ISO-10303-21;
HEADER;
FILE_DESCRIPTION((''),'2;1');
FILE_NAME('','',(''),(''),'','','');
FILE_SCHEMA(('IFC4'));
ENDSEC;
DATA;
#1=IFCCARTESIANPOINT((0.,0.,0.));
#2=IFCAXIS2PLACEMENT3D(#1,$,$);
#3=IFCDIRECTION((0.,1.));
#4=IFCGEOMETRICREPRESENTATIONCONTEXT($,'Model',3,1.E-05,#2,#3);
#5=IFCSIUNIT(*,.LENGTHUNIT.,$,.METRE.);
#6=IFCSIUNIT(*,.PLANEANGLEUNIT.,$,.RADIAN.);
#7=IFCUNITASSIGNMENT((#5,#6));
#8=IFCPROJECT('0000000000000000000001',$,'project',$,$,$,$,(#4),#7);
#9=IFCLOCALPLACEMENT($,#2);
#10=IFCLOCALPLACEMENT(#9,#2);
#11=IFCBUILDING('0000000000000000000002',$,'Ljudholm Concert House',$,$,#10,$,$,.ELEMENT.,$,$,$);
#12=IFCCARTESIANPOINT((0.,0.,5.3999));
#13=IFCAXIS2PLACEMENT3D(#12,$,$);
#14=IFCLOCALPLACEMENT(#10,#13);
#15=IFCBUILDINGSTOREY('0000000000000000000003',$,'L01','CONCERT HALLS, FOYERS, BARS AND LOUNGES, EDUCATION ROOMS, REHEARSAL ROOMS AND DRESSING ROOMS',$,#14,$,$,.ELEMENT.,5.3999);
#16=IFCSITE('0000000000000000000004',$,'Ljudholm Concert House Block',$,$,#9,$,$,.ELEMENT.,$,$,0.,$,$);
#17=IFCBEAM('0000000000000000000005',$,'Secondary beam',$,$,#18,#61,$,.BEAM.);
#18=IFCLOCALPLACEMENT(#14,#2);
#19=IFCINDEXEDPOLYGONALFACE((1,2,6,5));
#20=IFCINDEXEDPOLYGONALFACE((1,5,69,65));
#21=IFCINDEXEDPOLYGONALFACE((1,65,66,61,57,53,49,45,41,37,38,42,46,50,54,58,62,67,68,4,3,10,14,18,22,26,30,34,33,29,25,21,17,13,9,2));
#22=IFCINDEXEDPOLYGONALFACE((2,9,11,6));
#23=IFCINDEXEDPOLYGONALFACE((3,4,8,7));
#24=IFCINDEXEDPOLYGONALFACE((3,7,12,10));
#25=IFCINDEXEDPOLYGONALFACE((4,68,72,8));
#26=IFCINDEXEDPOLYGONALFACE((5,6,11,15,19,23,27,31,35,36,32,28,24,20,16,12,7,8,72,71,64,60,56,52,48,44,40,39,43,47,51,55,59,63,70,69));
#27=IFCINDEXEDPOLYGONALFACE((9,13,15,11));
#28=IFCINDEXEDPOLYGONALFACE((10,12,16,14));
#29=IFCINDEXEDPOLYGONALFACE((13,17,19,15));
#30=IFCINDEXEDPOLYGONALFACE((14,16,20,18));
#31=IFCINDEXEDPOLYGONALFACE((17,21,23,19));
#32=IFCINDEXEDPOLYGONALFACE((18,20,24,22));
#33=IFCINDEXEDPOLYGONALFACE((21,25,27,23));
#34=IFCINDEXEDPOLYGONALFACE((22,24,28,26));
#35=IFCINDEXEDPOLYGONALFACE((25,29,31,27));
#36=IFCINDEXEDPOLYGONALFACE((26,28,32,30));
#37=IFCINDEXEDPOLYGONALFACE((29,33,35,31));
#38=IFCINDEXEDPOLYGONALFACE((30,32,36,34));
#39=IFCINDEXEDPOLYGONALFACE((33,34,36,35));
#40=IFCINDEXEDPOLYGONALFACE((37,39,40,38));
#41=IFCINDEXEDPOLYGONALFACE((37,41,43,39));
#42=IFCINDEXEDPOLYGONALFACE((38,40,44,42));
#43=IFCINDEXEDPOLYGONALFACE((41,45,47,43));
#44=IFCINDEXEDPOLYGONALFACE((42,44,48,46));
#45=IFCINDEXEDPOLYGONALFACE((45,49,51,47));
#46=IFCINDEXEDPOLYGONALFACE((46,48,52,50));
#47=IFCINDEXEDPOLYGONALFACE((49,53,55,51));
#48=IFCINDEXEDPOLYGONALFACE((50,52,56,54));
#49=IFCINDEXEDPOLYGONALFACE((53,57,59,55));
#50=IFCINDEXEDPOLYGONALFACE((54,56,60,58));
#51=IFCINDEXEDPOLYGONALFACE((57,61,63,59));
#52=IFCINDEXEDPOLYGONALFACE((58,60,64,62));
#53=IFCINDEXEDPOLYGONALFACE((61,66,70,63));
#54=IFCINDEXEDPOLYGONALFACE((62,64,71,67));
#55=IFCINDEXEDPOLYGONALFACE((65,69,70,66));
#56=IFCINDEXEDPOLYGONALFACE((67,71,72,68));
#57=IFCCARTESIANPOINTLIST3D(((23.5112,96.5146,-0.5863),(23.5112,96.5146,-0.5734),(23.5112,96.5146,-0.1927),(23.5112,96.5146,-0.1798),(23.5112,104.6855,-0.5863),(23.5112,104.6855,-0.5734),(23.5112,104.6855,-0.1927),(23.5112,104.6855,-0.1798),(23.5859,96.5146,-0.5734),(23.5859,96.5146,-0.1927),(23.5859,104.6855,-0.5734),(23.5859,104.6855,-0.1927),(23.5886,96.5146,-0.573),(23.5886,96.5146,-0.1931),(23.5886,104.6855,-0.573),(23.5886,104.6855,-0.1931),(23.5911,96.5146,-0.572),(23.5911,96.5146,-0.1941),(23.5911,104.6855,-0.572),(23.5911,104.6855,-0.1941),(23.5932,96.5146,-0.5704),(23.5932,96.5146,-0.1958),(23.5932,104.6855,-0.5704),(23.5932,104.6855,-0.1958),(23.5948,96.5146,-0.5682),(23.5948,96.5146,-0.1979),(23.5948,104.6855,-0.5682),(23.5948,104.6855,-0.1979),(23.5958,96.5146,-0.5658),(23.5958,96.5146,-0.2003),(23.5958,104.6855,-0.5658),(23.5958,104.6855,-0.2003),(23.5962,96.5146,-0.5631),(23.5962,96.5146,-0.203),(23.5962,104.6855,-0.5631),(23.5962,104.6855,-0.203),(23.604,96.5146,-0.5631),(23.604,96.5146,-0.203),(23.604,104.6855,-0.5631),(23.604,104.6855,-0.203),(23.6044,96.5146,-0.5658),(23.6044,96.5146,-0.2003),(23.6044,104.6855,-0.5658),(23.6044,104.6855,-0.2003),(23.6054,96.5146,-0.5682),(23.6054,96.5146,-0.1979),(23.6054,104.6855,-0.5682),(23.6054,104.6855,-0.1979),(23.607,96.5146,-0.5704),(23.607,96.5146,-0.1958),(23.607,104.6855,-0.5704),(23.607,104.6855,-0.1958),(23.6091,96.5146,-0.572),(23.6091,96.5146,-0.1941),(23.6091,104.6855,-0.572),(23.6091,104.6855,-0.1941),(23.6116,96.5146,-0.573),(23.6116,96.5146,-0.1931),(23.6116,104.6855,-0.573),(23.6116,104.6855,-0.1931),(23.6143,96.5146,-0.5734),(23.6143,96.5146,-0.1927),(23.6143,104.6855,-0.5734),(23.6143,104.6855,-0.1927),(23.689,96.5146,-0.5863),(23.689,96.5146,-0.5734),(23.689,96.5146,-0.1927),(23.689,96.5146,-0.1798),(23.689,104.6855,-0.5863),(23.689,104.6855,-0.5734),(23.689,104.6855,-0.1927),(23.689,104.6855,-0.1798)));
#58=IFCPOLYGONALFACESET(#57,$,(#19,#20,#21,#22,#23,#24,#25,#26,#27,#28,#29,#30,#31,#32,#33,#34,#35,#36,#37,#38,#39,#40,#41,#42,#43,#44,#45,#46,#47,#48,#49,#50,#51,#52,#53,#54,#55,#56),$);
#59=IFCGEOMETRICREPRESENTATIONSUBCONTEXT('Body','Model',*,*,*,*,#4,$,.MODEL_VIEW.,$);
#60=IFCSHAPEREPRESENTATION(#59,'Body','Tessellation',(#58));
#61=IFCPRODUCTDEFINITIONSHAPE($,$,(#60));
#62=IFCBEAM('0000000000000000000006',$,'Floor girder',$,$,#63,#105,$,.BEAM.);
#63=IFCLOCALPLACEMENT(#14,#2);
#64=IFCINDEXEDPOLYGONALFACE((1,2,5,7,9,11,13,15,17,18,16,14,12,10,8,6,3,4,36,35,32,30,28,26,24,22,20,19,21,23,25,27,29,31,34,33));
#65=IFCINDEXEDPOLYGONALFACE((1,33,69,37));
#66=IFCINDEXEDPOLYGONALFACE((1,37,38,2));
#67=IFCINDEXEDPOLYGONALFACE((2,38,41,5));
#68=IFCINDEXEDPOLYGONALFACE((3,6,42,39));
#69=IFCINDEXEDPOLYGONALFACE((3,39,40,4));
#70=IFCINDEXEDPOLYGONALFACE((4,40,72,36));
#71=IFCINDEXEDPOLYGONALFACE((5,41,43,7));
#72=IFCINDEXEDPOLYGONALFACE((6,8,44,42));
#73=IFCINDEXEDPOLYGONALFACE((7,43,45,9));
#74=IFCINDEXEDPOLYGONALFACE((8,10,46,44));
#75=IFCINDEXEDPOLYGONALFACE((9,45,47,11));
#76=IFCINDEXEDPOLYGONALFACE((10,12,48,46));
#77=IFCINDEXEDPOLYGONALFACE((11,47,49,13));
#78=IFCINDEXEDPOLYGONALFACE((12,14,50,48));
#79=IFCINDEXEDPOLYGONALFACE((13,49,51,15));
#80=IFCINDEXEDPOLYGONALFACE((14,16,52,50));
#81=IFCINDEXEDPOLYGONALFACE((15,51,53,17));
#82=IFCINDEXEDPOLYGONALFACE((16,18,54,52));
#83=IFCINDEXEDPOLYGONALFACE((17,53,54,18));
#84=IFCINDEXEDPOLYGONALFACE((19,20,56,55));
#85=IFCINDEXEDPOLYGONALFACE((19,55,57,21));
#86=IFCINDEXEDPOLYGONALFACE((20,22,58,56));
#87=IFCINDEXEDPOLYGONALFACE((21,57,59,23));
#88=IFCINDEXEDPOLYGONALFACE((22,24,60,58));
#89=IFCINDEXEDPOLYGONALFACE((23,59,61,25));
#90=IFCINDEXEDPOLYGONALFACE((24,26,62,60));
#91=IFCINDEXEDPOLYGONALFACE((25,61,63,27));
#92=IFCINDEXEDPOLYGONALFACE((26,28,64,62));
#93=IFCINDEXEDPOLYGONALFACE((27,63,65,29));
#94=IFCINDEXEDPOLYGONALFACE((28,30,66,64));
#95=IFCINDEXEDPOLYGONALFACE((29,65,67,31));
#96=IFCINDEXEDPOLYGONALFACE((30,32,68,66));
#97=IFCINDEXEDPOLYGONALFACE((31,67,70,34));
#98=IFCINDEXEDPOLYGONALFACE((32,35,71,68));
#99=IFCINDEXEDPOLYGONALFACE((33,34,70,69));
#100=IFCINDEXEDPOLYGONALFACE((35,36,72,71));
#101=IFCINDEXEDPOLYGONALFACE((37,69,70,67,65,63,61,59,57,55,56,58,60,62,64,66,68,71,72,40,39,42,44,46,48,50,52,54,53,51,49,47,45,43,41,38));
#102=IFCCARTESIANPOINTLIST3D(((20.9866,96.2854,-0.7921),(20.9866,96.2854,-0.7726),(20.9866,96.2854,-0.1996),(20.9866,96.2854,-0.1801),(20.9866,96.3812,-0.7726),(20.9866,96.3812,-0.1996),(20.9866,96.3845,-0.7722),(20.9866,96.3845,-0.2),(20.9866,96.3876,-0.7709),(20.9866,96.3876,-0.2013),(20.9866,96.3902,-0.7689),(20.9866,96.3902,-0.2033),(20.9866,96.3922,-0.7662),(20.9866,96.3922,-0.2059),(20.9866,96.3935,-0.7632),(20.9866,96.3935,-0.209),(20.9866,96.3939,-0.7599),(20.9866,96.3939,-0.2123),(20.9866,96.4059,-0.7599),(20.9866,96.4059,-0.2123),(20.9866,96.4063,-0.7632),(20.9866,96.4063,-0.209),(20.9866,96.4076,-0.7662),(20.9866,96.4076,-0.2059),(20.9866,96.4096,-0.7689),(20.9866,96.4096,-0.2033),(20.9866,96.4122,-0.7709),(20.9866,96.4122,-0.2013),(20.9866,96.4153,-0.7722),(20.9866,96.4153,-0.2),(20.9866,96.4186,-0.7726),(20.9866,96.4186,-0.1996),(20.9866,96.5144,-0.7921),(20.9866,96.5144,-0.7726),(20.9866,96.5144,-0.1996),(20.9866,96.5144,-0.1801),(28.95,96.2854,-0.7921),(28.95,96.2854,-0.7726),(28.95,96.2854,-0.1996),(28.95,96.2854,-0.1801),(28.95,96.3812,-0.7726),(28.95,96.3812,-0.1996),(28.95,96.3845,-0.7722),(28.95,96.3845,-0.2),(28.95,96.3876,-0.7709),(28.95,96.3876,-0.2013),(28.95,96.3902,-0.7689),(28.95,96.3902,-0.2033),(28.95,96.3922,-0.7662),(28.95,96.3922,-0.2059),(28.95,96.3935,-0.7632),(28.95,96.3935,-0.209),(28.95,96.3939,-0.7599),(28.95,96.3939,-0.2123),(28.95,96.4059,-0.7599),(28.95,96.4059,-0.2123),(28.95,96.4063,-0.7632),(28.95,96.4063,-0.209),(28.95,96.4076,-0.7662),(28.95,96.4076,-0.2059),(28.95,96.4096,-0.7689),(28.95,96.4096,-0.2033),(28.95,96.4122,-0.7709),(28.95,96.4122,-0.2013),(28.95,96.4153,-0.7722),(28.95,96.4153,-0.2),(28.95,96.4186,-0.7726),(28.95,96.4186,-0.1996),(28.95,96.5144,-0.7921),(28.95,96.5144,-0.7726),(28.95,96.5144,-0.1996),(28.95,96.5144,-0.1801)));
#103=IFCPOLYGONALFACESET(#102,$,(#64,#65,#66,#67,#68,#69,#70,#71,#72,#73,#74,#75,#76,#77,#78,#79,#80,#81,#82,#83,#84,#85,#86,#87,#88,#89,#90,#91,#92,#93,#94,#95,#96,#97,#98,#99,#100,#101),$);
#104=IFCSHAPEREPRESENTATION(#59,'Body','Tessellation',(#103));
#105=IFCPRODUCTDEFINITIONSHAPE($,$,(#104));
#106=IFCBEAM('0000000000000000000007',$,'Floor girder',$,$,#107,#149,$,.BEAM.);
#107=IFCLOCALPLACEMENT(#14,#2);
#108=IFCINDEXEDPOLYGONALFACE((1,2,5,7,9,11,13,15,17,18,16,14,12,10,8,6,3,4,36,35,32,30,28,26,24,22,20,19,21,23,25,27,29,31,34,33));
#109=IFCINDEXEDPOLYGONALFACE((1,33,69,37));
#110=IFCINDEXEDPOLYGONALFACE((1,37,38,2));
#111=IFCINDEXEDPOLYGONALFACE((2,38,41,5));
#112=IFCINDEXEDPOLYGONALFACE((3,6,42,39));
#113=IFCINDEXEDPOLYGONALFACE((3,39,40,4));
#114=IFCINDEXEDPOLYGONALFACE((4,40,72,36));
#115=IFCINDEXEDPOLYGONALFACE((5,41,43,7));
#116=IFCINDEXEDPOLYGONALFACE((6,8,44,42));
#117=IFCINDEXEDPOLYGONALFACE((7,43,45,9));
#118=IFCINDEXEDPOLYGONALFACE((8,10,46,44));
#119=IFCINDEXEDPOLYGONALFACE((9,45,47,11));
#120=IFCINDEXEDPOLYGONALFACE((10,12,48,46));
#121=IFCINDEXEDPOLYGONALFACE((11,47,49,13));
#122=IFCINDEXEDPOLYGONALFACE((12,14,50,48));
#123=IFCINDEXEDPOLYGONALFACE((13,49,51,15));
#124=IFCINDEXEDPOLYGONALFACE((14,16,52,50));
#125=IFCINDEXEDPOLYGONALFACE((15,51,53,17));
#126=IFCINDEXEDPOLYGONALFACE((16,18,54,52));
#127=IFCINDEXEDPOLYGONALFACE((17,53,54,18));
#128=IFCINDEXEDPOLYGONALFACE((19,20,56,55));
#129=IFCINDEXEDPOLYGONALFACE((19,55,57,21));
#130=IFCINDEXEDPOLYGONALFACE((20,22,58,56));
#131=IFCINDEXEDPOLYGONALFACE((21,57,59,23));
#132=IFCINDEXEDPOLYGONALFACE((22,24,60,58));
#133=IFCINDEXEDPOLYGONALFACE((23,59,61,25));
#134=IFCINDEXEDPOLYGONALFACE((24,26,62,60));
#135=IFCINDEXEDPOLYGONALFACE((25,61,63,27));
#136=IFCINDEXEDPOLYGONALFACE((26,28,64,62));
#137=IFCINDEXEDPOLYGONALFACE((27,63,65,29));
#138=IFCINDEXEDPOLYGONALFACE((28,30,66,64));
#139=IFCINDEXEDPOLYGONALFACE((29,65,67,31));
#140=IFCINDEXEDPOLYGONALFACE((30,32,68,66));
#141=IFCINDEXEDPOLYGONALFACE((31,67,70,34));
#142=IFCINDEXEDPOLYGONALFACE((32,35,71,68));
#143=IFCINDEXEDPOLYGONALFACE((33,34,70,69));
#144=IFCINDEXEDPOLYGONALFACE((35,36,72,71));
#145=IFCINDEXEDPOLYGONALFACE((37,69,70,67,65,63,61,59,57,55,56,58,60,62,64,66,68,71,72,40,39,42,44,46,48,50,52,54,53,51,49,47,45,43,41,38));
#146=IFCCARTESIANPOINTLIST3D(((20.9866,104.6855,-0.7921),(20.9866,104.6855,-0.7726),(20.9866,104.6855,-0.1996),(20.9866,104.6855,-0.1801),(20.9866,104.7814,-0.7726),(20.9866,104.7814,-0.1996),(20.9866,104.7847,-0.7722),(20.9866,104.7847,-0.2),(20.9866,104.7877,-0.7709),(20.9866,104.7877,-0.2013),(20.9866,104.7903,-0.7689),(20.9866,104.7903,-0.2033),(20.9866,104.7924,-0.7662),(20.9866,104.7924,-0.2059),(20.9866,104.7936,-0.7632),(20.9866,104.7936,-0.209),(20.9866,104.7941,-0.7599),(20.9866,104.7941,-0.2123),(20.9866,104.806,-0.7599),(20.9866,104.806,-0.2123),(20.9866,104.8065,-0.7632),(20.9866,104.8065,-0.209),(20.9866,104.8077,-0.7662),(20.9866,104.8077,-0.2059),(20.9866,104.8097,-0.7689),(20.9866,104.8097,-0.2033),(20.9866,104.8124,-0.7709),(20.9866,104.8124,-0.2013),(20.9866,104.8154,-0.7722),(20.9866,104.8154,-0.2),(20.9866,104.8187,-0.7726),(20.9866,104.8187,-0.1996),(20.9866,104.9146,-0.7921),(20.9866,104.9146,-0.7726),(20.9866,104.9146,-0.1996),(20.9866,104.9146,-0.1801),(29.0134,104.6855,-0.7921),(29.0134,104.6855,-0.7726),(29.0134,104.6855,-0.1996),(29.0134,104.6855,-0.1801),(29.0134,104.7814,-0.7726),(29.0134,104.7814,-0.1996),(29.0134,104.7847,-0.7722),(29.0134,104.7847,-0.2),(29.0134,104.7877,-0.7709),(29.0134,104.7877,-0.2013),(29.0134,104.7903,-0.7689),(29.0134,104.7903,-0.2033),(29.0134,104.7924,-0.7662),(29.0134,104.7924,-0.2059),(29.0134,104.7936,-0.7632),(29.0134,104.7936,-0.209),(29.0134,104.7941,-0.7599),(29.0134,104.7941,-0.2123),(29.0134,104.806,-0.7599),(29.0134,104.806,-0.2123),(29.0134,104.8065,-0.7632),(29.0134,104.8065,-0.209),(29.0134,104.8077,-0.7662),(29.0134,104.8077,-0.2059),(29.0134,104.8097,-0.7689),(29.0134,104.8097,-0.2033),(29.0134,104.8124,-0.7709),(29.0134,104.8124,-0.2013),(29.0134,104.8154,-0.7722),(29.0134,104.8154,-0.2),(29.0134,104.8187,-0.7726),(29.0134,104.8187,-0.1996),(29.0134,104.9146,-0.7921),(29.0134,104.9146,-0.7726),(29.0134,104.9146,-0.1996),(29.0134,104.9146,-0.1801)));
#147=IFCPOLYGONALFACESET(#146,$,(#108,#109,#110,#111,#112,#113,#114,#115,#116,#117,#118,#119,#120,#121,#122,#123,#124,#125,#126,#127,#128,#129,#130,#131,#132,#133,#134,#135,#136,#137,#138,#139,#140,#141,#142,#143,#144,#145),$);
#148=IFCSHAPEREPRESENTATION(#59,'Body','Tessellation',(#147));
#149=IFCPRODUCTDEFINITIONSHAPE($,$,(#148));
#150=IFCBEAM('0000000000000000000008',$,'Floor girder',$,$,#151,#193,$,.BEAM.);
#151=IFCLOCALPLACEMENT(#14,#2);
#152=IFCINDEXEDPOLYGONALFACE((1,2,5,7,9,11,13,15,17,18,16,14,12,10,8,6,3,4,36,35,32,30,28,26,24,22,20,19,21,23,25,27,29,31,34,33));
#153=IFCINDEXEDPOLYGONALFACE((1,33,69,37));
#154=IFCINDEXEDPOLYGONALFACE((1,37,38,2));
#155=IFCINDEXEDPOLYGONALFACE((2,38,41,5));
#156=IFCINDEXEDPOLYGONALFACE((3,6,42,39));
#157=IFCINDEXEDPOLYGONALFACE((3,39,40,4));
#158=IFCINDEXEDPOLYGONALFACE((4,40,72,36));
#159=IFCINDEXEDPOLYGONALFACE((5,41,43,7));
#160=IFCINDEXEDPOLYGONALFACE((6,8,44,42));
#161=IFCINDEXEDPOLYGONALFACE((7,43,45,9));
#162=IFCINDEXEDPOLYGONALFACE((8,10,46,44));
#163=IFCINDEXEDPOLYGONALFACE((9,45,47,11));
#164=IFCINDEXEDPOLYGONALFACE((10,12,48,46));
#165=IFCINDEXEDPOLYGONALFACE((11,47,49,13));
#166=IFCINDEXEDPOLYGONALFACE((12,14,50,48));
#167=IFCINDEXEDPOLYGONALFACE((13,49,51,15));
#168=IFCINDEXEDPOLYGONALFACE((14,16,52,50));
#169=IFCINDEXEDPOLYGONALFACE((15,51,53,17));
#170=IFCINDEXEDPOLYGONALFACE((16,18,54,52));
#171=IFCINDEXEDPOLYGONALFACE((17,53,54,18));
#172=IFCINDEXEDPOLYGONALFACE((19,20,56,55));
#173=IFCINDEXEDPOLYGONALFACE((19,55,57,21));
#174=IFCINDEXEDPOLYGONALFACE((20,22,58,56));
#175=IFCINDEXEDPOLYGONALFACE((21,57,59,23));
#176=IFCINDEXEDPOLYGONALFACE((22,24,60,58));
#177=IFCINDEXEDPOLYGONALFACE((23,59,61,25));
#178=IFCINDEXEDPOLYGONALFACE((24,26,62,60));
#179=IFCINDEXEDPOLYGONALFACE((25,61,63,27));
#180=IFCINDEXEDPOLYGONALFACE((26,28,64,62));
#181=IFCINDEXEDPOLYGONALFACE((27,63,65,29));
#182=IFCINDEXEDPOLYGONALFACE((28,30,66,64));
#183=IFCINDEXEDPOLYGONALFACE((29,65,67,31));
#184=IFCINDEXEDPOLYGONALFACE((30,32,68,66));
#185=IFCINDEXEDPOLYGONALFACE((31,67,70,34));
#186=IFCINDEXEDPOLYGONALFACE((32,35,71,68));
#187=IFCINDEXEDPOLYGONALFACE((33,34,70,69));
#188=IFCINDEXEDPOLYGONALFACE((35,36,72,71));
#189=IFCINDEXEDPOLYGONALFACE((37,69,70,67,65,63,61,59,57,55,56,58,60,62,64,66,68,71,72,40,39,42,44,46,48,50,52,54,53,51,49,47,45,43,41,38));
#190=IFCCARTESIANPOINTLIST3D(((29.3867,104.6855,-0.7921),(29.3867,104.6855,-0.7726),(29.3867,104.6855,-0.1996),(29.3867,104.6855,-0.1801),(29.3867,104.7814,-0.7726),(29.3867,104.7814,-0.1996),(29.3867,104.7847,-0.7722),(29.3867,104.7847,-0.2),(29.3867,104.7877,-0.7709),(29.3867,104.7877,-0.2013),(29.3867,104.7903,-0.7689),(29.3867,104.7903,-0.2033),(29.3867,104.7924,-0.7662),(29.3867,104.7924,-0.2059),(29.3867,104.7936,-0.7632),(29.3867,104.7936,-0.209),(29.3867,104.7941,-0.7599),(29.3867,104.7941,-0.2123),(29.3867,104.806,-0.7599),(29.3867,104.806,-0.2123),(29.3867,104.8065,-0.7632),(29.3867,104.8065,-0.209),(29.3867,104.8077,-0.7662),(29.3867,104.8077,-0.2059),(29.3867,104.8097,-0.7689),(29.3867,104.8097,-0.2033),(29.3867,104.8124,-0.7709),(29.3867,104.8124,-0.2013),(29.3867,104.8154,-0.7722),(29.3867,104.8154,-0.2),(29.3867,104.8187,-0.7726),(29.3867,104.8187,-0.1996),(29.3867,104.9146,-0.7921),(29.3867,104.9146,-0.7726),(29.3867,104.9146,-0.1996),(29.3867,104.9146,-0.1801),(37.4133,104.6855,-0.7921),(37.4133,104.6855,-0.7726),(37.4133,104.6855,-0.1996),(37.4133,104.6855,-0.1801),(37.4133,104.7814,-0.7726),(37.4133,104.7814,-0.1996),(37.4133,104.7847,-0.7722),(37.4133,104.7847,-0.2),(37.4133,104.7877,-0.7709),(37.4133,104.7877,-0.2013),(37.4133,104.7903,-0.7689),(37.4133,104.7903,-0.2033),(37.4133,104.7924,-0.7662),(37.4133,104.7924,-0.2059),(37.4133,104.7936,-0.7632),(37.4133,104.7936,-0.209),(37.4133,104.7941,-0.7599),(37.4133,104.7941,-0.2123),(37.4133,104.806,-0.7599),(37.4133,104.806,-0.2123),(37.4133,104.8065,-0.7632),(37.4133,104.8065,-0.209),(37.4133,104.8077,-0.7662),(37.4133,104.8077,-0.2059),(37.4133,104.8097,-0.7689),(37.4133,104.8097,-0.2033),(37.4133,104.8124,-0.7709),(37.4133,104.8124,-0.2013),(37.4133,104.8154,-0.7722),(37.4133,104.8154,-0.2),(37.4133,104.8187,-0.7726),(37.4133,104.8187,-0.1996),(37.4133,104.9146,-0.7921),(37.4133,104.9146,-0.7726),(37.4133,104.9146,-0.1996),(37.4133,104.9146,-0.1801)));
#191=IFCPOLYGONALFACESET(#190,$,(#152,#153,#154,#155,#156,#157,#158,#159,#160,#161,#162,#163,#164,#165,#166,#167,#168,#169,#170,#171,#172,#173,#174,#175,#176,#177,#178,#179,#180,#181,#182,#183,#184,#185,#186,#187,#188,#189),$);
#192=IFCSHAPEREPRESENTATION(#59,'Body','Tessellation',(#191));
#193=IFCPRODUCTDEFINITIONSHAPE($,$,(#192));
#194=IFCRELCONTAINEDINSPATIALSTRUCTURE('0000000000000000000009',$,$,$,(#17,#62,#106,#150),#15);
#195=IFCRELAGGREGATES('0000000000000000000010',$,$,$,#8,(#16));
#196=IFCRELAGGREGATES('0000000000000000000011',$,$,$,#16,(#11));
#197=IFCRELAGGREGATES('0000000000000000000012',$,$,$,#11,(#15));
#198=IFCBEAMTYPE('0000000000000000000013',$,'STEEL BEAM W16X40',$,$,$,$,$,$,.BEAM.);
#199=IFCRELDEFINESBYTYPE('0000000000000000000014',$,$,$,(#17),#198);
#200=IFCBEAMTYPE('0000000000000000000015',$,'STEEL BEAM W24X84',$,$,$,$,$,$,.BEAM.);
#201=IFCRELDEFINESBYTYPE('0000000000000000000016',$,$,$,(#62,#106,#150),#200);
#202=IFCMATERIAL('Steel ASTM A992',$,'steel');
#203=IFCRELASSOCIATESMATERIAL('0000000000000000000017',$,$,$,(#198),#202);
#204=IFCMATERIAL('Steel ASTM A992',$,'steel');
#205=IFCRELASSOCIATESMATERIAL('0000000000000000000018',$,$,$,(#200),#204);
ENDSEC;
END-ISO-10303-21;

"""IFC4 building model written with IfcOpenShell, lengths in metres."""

from ifc_helpers import new_model, si_unit, direction, frame, origin, origin_2d, place, context, subcontext, project, spatial, i_section, extrude, material, material_profile, profile_set, type_object, element, save


model = new_model("IFC4")

# Units and contexts
model_context = context("Model", 3, precision=1e-05, world=origin(), true_north=direction((0.0, 1.0)))
body_context = subcontext(model_context, "Body", "Model", "MODEL_VIEW")
ifc_project = project(units=[si_unit("LENGTHUNIT", "METRE"), si_unit("PLANEANGLEUNIT", "RADIAN")], contexts=[model_context])

# Site, building, storey
site_placement = place(None, origin())
site = spatial("IfcSite", under=ifc_project, at=site_placement, Name="Ljudholm Concert House Block", CompositionType="ELEMENT", RefElevation=0.0)
building_placement = place(site_placement, origin())
building = spatial("IfcBuilding", under=site, at=building_placement, Name="Ljudholm Concert House", CompositionType="ELEMENT")
storey_placement = place(building_placement, frame((0.0, 0.0, 5.3999)))
storey = spatial("IfcBuildingStorey", under=building, at=storey_placement, Name="L01", Description="CONCERT HALLS, FOYERS, BARS AND LOUNGES, EDUCATION ROOMS, REHEARSAL ROOMS AND DRESSING ROOMS", CompositionType="ELEMENT", Elevation=5.3999)

# Beams
ifc_material_1 = material(Name="Steel ASTM A992", Category="steel")
ifc_material_profile_1 = material_profile(ifc_material_1, i_section(OverallWidth=0.1777, OverallDepth=0.4065, WebThickness=0.0078, FlangeThickness=0.0129, FilletRadius=0.0103, at=origin_2d()), Name="W16X40")
ifc_profile_set_1 = profile_set([ifc_material_profile_1], Name="Steel ASTM A992")
beam_type_1 = type_object("IfcBeamType", Name="STEEL BEAM W16X40", PredefinedType="BEAM", material=ifc_profile_set_1)
beam_1_placement = place(storey_placement, frame((23.6001, 96.5146, -0.3831), z_axis=(0.0, 1.0, 0.0), x_axis=(-1.0, 0.0, 0.0)))
element("IfcBeam", 1, at=beam_1_placement, inside=storey, type_object=beam_type_1, Name="Secondary beam", PredefinedType="BEAM", context=body_context, shape_type="SweptSolid", body=[
    extrude(i_section(OverallWidth=0.1777, OverallDepth=0.4065, WebThickness=0.0078, FlangeThickness=0.0129, FilletRadius=0.0103, at=origin_2d()), origin(), (0.0, 0.0, 1.0), 8.1709),
])
ifc_material_2 = material(Name="Steel ASTM A992", Category="steel")
ifc_material_profile_2 = material_profile(ifc_material_2, i_section(OverallWidth=0.229, OverallDepth=0.6121, WebThickness=0.012, FlangeThickness=0.0195, FilletRadius=0.0127, at=origin_2d()), Name="W24X84")
ifc_profile_set_2 = profile_set([ifc_material_profile_2], Name="Steel ASTM A992")
beam_type_2 = type_object("IfcBeamType", Name="STEEL BEAM W24X84", PredefinedType="BEAM", material=ifc_profile_set_2)
beam_2_placement = place(storey_placement, frame((20.9866, 96.3999, -0.4861), z_axis=(1.0, 0.0, 0.0), x_axis=(0.0, 1.0, 0.0)))
element("IfcBeam", 2, at=beam_2_placement, inside=storey, type_object=beam_type_2, Name="Floor girder", PredefinedType="BEAM", context=body_context, shape_type="SweptSolid", body=[
    extrude(i_section(OverallWidth=0.229, OverallDepth=0.6121, WebThickness=0.012, FlangeThickness=0.0195, FilletRadius=0.0127, at=origin_2d()), origin(), (0.0, 0.0, 1.0), 7.9634),
])
beam_3_placement = place(storey_placement, frame((20.9866, 104.8, -0.4861), z_axis=(1.0, 0.0, 0.0), x_axis=(0.0, 1.0, 0.0)))
element("IfcBeam", 3, at=beam_3_placement, inside=storey, type_object=beam_type_2, Name="Floor girder", PredefinedType="BEAM", context=body_context, shape_type="SweptSolid", body=[
    extrude(i_section(OverallWidth=0.229, OverallDepth=0.6121, WebThickness=0.012, FlangeThickness=0.0195, FilletRadius=0.0127, at=origin_2d()), origin(), (0.0, 0.0, 1.0), 8.0269),
])
beam_4_placement = place(storey_placement, frame((29.3867, 104.8, -0.4861), z_axis=(1.0, 0.0, 0.0), x_axis=(0.0, 1.0, 0.0)))
element("IfcBeam", 4, at=beam_4_placement, inside=storey, type_object=beam_type_2, Name="Floor girder", PredefinedType="BEAM", context=body_context, shape_type="SweptSolid", body=[
    extrude(i_section(OverallWidth=0.229, OverallDepth=0.6121, WebThickness=0.012, FlangeThickness=0.0195, FilletRadius=0.0127, at=origin_2d()), origin(), (0.0, 0.0, 1.0), 8.0266),
])

save(model, "model.ifc")
